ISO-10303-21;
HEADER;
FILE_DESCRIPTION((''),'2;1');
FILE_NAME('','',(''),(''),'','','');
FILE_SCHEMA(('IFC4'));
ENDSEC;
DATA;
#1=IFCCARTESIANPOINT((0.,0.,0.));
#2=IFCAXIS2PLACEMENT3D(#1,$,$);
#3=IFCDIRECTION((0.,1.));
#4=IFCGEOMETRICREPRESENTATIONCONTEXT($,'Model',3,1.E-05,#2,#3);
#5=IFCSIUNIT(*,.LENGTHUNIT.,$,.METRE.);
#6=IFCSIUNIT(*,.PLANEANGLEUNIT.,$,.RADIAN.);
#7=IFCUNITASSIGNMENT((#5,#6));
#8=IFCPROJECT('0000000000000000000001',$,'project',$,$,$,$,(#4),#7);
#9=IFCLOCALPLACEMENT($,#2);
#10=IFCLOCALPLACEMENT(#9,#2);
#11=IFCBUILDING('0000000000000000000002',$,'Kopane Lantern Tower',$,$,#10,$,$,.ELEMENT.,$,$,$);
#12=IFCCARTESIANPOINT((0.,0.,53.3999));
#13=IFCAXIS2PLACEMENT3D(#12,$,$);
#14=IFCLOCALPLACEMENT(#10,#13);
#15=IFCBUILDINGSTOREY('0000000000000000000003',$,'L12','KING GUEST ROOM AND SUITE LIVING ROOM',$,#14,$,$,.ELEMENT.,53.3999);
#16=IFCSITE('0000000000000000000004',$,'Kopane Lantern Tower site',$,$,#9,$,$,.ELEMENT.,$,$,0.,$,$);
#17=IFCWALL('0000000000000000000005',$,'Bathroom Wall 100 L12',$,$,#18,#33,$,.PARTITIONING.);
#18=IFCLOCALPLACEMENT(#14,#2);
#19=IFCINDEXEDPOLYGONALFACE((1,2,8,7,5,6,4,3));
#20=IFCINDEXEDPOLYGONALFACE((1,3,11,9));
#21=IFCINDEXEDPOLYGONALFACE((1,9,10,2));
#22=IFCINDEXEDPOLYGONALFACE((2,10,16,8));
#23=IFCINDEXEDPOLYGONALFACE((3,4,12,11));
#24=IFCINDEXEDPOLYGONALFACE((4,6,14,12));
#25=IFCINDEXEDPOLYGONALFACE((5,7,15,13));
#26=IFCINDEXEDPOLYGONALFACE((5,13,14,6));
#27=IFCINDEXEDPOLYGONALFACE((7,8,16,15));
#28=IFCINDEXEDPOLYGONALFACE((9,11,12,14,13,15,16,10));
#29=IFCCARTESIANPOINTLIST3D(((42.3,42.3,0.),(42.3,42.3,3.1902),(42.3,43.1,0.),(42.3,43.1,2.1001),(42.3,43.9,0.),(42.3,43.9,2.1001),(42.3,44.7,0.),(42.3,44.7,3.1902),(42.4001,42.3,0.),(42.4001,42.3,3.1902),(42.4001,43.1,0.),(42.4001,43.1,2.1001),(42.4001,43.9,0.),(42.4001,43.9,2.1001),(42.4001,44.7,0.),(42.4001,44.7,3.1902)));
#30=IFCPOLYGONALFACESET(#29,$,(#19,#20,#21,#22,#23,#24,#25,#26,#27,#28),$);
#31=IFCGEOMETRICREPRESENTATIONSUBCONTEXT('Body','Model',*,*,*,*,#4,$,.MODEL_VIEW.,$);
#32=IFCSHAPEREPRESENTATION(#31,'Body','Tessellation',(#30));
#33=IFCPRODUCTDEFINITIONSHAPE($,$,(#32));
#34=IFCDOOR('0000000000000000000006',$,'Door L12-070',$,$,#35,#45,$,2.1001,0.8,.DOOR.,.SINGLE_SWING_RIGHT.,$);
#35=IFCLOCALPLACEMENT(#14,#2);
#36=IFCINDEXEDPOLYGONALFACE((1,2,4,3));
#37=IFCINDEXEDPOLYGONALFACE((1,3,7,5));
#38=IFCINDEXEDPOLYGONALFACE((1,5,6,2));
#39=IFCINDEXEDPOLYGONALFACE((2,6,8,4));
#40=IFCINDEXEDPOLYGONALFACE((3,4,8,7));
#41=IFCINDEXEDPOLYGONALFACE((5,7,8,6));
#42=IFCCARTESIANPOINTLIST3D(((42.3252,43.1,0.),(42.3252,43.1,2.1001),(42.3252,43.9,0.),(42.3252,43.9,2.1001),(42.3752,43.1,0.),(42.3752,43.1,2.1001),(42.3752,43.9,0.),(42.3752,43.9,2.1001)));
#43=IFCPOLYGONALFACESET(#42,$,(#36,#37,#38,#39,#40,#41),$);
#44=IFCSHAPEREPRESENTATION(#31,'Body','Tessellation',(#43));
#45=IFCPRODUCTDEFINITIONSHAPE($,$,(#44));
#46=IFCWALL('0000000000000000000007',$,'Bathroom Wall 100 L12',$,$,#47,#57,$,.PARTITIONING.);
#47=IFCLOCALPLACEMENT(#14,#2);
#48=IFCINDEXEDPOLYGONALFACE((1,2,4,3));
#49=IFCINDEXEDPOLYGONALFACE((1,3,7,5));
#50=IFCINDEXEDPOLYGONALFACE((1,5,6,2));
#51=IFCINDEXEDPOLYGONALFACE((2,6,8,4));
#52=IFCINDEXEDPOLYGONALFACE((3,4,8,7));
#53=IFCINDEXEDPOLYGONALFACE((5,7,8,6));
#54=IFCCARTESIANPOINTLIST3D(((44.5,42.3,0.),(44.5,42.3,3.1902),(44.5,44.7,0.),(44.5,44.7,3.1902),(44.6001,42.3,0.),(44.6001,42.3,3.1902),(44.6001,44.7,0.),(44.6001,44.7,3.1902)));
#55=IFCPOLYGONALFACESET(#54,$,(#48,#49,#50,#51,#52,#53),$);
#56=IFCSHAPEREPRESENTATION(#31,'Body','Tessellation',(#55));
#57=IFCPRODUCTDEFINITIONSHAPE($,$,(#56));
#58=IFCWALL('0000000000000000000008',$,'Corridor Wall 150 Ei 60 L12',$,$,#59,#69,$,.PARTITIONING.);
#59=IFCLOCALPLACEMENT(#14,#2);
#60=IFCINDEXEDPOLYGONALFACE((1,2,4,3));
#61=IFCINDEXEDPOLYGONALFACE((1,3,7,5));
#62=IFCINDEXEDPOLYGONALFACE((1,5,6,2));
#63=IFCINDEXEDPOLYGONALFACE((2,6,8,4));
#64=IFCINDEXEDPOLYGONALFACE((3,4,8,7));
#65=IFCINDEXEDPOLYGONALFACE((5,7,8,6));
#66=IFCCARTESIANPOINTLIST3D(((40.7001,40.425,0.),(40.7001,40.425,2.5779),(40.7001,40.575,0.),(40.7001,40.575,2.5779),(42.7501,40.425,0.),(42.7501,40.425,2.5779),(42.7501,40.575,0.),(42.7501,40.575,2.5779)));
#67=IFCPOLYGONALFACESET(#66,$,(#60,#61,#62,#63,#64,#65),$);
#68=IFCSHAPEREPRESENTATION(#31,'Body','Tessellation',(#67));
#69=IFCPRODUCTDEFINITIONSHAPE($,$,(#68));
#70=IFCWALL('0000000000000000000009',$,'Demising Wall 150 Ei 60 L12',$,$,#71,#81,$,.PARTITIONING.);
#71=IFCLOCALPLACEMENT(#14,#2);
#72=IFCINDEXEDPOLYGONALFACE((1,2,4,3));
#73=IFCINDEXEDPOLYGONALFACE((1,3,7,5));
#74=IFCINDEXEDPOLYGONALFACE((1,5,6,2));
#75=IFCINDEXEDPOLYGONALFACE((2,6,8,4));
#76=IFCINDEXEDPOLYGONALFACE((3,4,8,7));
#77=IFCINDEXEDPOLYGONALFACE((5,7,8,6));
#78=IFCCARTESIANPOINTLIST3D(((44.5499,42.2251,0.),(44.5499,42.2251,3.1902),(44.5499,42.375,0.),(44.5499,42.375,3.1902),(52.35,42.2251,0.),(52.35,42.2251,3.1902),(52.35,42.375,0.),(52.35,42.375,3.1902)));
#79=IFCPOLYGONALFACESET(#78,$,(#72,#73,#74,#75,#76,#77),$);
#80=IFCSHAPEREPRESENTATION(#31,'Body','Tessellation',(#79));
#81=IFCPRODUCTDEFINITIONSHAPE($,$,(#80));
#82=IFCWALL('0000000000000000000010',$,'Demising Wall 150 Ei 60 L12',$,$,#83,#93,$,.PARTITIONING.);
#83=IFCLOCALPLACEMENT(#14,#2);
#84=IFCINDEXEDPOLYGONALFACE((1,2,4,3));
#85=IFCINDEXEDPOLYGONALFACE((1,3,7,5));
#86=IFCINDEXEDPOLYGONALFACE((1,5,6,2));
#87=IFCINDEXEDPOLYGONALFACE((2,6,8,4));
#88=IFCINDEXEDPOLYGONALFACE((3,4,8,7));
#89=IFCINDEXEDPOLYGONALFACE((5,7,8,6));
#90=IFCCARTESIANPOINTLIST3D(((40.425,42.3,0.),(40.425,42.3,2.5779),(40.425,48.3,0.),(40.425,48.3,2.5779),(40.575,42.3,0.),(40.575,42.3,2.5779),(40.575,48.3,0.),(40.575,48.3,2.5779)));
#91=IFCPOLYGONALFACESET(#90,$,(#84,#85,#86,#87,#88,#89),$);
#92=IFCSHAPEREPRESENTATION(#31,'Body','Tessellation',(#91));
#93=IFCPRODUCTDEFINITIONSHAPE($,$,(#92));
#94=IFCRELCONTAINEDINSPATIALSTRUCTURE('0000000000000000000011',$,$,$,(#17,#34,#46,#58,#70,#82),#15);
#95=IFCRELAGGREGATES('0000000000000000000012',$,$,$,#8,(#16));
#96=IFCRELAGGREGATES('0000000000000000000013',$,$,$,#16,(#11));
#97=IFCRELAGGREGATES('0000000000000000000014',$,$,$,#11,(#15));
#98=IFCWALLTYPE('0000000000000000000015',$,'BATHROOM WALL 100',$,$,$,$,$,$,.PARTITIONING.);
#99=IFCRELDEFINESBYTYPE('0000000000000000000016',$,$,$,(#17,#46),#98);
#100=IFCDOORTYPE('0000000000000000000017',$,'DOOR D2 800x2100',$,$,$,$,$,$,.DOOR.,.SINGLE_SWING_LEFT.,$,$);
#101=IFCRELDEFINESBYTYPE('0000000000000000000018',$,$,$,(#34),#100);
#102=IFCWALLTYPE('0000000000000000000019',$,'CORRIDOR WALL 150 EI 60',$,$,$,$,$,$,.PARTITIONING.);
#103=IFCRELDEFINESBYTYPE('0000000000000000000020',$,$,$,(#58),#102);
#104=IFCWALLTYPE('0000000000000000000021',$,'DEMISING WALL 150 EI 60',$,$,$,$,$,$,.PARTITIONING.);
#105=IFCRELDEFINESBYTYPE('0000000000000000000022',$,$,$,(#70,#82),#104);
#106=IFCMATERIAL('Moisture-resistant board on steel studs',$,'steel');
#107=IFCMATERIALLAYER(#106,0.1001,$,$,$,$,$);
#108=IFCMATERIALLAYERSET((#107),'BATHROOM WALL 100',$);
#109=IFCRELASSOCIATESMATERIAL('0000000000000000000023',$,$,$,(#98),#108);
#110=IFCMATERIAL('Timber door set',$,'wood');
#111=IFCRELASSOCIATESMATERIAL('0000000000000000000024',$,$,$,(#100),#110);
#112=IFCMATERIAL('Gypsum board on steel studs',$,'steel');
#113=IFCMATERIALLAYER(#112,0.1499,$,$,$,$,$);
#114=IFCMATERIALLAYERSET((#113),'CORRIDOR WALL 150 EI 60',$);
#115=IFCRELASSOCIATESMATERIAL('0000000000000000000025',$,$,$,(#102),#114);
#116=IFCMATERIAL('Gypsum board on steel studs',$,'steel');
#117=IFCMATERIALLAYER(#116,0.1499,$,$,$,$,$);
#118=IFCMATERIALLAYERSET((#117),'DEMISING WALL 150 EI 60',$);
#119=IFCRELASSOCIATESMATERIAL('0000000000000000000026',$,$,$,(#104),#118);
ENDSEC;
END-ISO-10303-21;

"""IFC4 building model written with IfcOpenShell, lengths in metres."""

from ifc_helpers import new_model, si_unit, direction, frame, frame_2d, origin, place, context, subcontext, project, spatial, rectangle, extrude, material, layer, layer_set, type_object, element, fill, save


model = new_model("IFC4")

# Units and contexts
model_context = context("Model", 3, precision=1e-05, world=origin(), true_north=direction((0.0, 1.0)))
body_context = subcontext(model_context, "Body", "Model", "MODEL_VIEW")
ifc_project = project(units=[si_unit("LENGTHUNIT", "METRE"), si_unit("PLANEANGLEUNIT", "RADIAN")], contexts=[model_context])

# Site, building, storey
site_placement = place(None, origin())
site = spatial("IfcSite", under=ifc_project, at=site_placement, Name="Kopane Lantern Tower site", CompositionType="ELEMENT", RefElevation=0.0)
building_placement = place(site_placement, origin())
building = spatial("IfcBuilding", under=site, at=building_placement, Name="Kopane Lantern Tower", CompositionType="ELEMENT")
storey_placement = place(building_placement, frame((0.0, 0.0, 53.3999)))
storey = spatial("IfcBuildingStorey", under=building, at=storey_placement, Name="L12", Description="KING GUEST ROOM AND SUITE LIVING ROOM", CompositionType="ELEMENT", Elevation=53.3999)

# Wall, opening, door
ifc_material_1 = material(Name="Moisture-resistant board on steel studs", Category="steel")
ifc_layer_1 = layer(ifc_material_1, 0.1001)
ifc_layer_set_1 = layer_set([ifc_layer_1], Name="BATHROOM WALL 100")
wall_type_1 = type_object("IfcWallType", Name="BATHROOM WALL 100", PredefinedType="PARTITIONING", material=ifc_layer_set_1)
wall_1_placement = place(storey_placement, frame((42.3501, 42.3, 0.0), z_axis=(0.0, 0.0, 1.0), x_axis=(0.0, 1.0, 0.0)))
wall_1 = element("IfcWall", 1, at=wall_1_placement, inside=storey, type_object=wall_type_1, Name="Bathroom Wall 100 L12", PredefinedType="PARTITIONING", context=body_context, shape_type="SweptSolid", body=[
    extrude(rectangle(XDim=2.3999, YDim=0.1001, at=frame_2d((1.2, 0.0))), origin(), (0.0, 0.0, 1.0), 3.1902),
])
opening_1_placement = place(wall_1_placement, frame((0.8, 0.0, 0.0)))
opening_1 = element("IfcOpeningElement", 2, at=opening_1_placement, cuts=wall_1, PredefinedType="OPENING", context=body_context, shape_type="SweptSolid", body=[
    extrude(rectangle(XDim=0.8, YDim=2.1001, at=frame_2d((0.3999, 1.05))), frame((0.0, 0.0601, 0.0), z_axis=(0.0, -1.0, 0.0), x_axis=(1.0, 0.0, 0.0)), (0.0, 0.0, 1.0), 0.1201),
])
ifc_material_2 = material(Name="Timber door set", Category="wood")
door_type_1 = type_object("IfcDoorType", Name="DOOR D2 800x2100", OperationType="SINGLE_SWING_LEFT", PredefinedType="DOOR", material=ifc_material_2)
door_1_placement = place(opening_1_placement, origin())
door_1 = element("IfcDoor", 3, at=door_1_placement, inside=storey, type_object=door_type_1, Name="Door L12-070", OperationType="SINGLE_SWING_RIGHT", OverallHeight=2.1001, OverallWidth=0.8, PredefinedType="DOOR", context=body_context, shape_type="SweptSolid", body=[
    extrude(rectangle(XDim=0.8, YDim=2.1001, at=frame_2d((0.3999, 1.05))), frame((0.0, 0.0249, 0.0), z_axis=(0.0, -1.0, 0.0), x_axis=(1.0, 0.0, 0.0)), (0.0, 0.0, 1.0), 0.05),
])
fill(opening_1, door_1)

# Walls
wall_2_placement = place(storey_placement, frame((44.55, 42.3, 0.0), z_axis=(0.0, 0.0, 1.0), x_axis=(0.0, 1.0, 0.0)))
element("IfcWall", 4, at=wall_2_placement, inside=storey, type_object=wall_type_1, Name="Bathroom Wall 100 L12", PredefinedType="PARTITIONING", context=body_context, shape_type="SweptSolid", body=[
    extrude(rectangle(XDim=2.3999, YDim=0.1001, at=frame_2d((1.2, 0.0))), origin(), (0.0, 0.0, 1.0), 3.1902),
])
ifc_material_3 = material(Name="Gypsum board on steel studs", Category="steel")
ifc_layer_2 = layer(ifc_material_3, 0.1499)
ifc_layer_set_2 = layer_set([ifc_layer_2], Name="CORRIDOR WALL 150 EI 60")
wall_type_2 = type_object("IfcWallType", Name="CORRIDOR WALL 150 EI 60", PredefinedType="PARTITIONING", material=ifc_layer_set_2)
wall_3_placement = place(storey_placement, frame((42.75, 40.5, 0.0), z_axis=(0.0, 0.0, 1.0), x_axis=(-1.0, 0.0, 0.0)))
element("IfcWall", 5, at=wall_3_placement, inside=storey, type_object=wall_type_2, Name="Corridor Wall 150 Ei 60 L12", PredefinedType="PARTITIONING", context=body_context, shape_type="SweptSolid", body=[
    extrude(rectangle(XDim=2.05, YDim=0.1499, at=frame_2d((1.0249, 0.0))), origin(), (0.0, 0.0, 1.0), 2.5779),
])
ifc_material_4 = material(Name="Gypsum board on steel studs", Category="steel")
ifc_layer_3 = layer(ifc_material_4, 0.1499)
ifc_layer_set_3 = layer_set([ifc_layer_3], Name="DEMISING WALL 150 EI 60")
wall_type_3 = type_object("IfcWallType", Name="DEMISING WALL 150 EI 60", PredefinedType="PARTITIONING", material=ifc_layer_set_3)
wall_4_placement = place(storey_placement, frame((44.55, 42.3, 0.0), z_axis=(0.0, 0.0, 1.0), x_axis=(1.0, 0.0, 0.0)))
element("IfcWall", 6, at=wall_4_placement, inside=storey, type_object=wall_type_3, Name="Demising Wall 150 Ei 60 L12", PredefinedType="PARTITIONING", context=body_context, shape_type="SweptSolid", body=[
    extrude(rectangle(XDim=7.8, YDim=0.1499, at=frame_2d((3.8999, 0.0))), origin(), (0.0, 0.0, 1.0), 3.1902),
])
wall_5_placement = place(storey_placement, frame((40.5, 42.3, 0.0), z_axis=(0.0, 0.0, 1.0), x_axis=(0.0, 1.0, 0.0)))
element("IfcWall", 7, at=wall_5_placement, inside=storey, type_object=wall_type_3, Name="Demising Wall 150 Ei 60 L12", PredefinedType="PARTITIONING", context=body_context, shape_type="SweptSolid", body=[
    extrude(rectangle(XDim=6.0, YDim=0.1499, at=frame_2d((3.0, 0.0))), origin(), (0.0, 0.0, 1.0), 2.5779),
])

save(model, "model.ifc")
